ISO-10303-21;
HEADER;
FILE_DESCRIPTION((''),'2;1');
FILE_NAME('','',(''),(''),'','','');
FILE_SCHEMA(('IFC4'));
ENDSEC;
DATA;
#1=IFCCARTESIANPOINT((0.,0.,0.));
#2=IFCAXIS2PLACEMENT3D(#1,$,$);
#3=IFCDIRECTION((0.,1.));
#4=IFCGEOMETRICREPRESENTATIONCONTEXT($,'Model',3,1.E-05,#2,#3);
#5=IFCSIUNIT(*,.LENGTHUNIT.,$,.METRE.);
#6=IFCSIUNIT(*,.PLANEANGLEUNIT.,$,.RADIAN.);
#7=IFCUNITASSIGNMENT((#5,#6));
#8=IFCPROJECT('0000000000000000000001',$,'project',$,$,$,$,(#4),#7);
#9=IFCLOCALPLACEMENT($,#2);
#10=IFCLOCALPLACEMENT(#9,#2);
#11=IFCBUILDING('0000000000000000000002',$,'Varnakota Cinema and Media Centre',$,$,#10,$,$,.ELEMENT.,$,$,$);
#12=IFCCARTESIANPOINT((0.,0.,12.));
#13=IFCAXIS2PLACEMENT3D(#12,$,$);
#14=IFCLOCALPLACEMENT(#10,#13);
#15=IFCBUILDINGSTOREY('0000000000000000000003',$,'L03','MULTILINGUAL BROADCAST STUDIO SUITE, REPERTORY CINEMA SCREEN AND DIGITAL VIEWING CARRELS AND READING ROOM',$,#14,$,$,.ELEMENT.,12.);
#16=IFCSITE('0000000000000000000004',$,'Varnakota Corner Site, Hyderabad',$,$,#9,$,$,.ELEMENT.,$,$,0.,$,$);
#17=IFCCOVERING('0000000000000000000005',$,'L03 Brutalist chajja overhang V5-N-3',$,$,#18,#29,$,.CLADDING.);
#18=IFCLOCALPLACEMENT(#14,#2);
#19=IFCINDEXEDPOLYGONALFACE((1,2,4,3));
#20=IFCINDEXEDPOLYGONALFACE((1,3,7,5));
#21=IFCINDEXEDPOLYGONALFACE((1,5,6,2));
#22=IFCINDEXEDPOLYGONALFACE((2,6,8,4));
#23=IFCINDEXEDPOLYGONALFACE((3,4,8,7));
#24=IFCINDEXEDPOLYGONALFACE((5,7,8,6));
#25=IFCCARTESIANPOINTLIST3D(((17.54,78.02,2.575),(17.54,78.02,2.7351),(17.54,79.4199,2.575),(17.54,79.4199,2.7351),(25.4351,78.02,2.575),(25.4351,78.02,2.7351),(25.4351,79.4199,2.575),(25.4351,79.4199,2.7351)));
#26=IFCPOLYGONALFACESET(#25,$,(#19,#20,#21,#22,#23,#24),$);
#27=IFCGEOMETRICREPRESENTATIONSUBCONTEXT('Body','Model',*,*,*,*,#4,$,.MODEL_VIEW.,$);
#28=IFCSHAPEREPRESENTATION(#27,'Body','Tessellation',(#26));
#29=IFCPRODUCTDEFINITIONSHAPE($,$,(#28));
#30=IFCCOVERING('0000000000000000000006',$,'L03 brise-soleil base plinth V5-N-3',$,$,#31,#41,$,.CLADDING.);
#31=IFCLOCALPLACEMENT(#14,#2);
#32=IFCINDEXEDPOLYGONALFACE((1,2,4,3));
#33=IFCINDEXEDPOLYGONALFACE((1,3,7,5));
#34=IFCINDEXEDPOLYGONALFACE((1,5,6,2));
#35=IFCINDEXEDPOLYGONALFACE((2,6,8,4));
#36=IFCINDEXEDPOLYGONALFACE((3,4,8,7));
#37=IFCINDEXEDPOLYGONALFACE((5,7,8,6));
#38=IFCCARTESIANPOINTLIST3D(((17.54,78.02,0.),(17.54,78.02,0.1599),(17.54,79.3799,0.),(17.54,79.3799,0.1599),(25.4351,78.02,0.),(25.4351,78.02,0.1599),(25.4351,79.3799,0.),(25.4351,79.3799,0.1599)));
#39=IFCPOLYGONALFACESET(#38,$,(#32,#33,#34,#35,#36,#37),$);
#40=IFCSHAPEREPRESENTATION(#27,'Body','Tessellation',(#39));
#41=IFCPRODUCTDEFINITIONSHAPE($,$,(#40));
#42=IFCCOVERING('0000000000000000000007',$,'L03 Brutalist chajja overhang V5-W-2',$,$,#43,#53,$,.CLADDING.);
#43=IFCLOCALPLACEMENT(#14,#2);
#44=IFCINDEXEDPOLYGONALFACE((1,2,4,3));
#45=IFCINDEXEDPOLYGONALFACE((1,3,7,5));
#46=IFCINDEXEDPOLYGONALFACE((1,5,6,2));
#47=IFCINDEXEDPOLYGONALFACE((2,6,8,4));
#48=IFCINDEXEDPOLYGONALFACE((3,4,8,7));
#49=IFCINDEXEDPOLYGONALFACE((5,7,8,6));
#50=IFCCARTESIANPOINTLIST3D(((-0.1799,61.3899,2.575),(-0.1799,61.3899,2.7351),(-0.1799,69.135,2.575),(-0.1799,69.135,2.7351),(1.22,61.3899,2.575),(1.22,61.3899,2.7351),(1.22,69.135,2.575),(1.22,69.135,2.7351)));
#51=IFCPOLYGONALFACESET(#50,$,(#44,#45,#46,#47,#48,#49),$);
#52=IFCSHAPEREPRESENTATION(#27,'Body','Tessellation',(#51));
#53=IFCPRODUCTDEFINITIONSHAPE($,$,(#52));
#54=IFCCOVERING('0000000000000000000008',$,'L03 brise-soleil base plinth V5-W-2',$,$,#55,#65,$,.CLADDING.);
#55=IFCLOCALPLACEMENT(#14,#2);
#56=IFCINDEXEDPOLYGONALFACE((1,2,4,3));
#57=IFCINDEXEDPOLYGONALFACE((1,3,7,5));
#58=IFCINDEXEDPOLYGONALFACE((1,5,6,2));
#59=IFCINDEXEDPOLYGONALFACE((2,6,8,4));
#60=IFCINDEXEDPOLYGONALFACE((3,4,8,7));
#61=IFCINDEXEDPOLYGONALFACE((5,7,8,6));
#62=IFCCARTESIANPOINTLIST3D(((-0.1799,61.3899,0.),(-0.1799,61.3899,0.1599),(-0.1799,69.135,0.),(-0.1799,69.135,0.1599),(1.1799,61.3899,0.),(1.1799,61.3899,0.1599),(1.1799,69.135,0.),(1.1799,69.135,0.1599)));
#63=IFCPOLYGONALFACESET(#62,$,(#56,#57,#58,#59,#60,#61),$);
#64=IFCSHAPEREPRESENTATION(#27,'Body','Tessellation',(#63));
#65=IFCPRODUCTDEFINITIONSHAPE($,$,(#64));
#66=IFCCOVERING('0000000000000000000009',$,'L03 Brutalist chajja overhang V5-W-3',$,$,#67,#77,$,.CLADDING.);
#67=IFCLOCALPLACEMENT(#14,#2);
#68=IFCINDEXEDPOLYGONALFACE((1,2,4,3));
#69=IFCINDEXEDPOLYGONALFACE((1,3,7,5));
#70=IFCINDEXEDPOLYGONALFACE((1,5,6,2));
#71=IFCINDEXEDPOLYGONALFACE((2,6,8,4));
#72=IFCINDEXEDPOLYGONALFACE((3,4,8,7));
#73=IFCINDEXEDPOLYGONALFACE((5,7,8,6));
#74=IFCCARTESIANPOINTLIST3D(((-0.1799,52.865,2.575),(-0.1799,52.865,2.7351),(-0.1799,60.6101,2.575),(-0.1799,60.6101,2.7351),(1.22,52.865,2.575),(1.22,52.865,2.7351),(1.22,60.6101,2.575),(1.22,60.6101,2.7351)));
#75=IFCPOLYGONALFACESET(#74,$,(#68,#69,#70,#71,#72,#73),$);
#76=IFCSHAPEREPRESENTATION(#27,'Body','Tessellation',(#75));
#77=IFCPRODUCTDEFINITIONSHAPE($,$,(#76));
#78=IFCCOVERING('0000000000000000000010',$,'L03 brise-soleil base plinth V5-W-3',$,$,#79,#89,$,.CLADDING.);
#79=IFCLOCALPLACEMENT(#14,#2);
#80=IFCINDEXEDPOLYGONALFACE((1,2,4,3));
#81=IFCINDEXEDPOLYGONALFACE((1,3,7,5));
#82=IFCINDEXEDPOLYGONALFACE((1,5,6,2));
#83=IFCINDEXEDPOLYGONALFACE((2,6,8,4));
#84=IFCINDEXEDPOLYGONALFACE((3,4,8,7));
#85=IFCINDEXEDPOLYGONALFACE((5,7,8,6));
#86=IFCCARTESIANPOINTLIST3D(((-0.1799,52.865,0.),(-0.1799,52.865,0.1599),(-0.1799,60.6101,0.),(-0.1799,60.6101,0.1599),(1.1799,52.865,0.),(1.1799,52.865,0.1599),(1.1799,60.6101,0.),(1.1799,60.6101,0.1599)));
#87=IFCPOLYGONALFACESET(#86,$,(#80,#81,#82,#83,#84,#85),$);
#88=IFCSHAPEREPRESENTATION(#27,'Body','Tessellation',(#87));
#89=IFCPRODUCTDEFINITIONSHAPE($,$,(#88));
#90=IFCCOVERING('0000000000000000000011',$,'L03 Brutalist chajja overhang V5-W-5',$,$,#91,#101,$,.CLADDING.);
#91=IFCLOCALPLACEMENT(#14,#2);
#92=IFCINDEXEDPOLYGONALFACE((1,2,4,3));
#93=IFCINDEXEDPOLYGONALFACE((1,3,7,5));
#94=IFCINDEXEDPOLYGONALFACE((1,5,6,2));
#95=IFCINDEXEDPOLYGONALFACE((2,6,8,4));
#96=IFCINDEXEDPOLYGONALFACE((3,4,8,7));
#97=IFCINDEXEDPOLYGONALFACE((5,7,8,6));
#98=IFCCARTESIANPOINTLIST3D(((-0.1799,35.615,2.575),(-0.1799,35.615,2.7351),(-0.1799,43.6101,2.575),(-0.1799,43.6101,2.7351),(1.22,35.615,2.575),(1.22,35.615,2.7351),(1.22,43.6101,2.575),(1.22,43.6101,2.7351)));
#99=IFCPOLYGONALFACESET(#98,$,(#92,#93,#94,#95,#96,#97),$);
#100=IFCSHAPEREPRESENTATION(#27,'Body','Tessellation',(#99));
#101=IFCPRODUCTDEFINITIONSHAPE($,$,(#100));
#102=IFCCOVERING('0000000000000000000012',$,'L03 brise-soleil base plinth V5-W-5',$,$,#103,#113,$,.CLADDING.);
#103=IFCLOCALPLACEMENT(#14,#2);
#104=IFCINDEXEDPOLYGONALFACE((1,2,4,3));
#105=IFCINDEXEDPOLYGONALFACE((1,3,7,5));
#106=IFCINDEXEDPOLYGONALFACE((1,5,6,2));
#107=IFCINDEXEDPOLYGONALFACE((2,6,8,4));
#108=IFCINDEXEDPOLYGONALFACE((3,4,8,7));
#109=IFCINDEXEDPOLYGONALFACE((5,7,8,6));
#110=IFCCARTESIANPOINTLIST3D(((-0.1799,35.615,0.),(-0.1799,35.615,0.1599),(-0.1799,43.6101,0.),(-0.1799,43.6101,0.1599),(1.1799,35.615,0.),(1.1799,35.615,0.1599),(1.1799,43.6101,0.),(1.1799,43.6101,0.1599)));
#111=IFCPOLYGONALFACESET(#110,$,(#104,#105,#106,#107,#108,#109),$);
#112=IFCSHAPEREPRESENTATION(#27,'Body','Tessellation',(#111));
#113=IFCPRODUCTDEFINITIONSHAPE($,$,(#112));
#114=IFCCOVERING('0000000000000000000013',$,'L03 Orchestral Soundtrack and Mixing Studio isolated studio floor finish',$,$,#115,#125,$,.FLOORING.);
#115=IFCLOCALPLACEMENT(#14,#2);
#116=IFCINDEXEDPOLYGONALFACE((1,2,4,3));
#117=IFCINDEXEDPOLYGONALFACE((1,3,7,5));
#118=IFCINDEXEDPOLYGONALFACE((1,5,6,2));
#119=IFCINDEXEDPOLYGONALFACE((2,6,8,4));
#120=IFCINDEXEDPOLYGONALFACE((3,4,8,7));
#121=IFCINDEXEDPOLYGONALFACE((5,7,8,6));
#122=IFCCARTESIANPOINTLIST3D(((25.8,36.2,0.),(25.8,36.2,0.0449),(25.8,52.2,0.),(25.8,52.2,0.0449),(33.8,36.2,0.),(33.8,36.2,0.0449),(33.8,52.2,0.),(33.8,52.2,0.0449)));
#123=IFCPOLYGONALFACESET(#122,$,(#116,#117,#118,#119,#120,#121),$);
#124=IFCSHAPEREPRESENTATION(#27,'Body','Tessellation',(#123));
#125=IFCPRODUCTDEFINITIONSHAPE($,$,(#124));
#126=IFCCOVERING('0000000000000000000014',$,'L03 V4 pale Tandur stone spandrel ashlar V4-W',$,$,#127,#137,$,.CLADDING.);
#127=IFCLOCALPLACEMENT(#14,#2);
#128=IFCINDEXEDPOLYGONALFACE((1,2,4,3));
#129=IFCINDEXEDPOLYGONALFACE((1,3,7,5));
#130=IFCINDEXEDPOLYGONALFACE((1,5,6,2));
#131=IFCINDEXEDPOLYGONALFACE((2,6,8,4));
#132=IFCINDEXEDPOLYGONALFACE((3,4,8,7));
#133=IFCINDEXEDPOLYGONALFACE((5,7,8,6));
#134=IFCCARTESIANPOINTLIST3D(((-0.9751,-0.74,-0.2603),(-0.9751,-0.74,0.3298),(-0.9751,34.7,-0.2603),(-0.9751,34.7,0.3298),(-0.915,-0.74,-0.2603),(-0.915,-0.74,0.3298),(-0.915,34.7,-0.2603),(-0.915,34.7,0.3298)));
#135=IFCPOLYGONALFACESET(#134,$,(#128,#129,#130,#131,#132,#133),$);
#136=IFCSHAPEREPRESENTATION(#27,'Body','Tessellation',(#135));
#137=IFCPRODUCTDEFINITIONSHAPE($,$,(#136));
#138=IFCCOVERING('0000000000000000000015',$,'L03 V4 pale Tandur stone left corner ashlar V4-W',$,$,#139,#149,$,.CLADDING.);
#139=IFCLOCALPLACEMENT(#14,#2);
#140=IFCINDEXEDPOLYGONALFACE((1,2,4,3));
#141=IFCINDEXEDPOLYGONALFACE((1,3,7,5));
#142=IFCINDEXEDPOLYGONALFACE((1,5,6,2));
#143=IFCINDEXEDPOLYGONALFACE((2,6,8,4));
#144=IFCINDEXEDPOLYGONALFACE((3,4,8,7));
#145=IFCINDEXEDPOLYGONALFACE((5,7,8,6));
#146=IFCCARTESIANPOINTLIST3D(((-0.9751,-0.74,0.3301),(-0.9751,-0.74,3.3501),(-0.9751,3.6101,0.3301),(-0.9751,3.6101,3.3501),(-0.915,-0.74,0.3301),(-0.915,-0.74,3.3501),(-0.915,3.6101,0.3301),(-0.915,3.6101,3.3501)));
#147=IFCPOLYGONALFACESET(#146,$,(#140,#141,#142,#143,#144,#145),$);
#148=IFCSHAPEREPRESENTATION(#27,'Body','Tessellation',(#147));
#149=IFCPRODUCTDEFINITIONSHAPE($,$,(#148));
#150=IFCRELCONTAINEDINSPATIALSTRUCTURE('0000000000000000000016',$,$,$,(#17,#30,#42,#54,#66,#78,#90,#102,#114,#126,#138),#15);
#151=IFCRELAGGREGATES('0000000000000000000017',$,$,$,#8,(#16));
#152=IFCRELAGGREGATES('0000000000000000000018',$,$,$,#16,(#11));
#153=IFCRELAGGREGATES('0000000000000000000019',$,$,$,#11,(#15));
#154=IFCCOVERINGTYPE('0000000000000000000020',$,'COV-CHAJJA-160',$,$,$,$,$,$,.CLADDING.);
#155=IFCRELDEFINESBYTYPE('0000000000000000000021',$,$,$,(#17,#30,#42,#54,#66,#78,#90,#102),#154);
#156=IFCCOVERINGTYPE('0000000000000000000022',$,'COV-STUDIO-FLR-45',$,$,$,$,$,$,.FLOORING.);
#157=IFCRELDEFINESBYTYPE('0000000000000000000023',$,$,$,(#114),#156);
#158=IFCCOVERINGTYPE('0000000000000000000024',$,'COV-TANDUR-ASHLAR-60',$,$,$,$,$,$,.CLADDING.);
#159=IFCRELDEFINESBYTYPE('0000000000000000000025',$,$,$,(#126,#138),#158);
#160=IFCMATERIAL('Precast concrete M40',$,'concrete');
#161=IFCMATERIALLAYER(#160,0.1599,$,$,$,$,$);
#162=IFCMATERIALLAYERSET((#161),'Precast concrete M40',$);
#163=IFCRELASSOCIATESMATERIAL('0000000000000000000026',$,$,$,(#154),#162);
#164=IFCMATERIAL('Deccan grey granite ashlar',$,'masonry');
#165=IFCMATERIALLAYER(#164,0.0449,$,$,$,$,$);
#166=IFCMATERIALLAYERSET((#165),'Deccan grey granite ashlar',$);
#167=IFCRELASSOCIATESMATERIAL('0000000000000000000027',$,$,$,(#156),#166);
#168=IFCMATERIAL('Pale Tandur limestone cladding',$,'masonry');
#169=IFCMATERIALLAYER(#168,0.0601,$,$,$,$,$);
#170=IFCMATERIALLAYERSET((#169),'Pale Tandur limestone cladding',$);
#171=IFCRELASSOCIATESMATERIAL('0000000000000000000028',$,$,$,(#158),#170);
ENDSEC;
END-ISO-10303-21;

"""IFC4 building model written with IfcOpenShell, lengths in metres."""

from ifc_helpers import new_model, si_unit, direction, frame, origin, origin_2d, place, context, subcontext, project, spatial, polyline, rectangle, outline, extrude, material, layer, layer_set, type_object, element, save


model = new_model("IFC4")

# Units and contexts
model_context = context("Model", 3, precision=1e-05, world=origin(), true_north=direction((0.0, 1.0)))
body_context = subcontext(model_context, "Body", "Model", "MODEL_VIEW")
ifc_project = project(units=[si_unit("LENGTHUNIT", "METRE"), si_unit("PLANEANGLEUNIT", "RADIAN")], contexts=[model_context])

# Site, building, storey
site_placement = place(None, origin())
site = spatial("IfcSite", under=ifc_project, at=site_placement, Name="Varnakota Corner Site, Hyderabad", CompositionType="ELEMENT", RefElevation=0.0)
building_placement = place(site_placement, origin())
building = spatial("IfcBuilding", under=site, at=building_placement, Name="Varnakota Cinema and Media Centre", CompositionType="ELEMENT")
storey_placement = place(building_placement, frame((0.0, 0.0, 12.0)))
storey = spatial("IfcBuildingStorey", under=building, at=storey_placement, Name="L03", Description="MULTILINGUAL BROADCAST STUDIO SUITE, REPERTORY CINEMA SCREEN AND DIGITAL VIEWING CARRELS AND READING ROOM", CompositionType="ELEMENT", Elevation=12.0)

# Coverings
ifc_material_1 = material(Name="Precast concrete M40", Category="concrete")
ifc_layer_1 = layer(ifc_material_1, 0.1599)
ifc_layer_set_1 = layer_set([ifc_layer_1], Name="Precast concrete M40")
covering_type_1 = type_object("IfcCoveringType", Name="COV-CHAJJA-160", PredefinedType="CLADDING", material=ifc_layer_set_1)
covering_1_placement = place(storey_placement, frame((0.0, 0.0, 2.575)))
element("IfcCovering", 1, at=covering_1_placement, inside=storey, type_object=covering_type_1, Name="L03 Brutalist chajja overhang V5-N-3", PredefinedType="CLADDING", context=body_context, shape_type="SweptSolid", body=[
    extrude(outline(polyline([(17.54, 78.02), (25.4351, 78.02), (25.4351, 79.4199), (17.54, 79.4199), (17.54, 78.02)])), origin(), (0.0, 0.0, 1.0), 0.1602),
])
covering_2_placement = place(storey_placement, origin())
element("IfcCovering", 2, at=covering_2_placement, inside=storey, type_object=covering_type_1, Name="L03 brise-soleil base plinth V5-N-3", PredefinedType="CLADDING", context=body_context, shape_type="SweptSolid", body=[
    extrude(outline(polyline([(17.54, 78.02), (25.4351, 78.02), (25.4351, 79.3799), (17.54, 79.3799), (17.54, 78.02)])), origin(), (0.0, 0.0, 1.0), 0.1599),
])
covering_3_placement = place(storey_placement, frame((0.0, 0.0, 2.575)))
element("IfcCovering", 3, at=covering_3_placement, inside=storey, type_object=covering_type_1, Name="L03 Brutalist chajja overhang V5-W-2", PredefinedType="CLADDING", context=body_context, shape_type="SweptSolid", body=[
    extrude(outline(polyline([(-0.1799, 69.135), (-0.1799, 61.3899), (1.22, 61.3899), (1.22, 69.135), (-0.1799, 69.135)])), origin(), (0.0, 0.0, 1.0), 0.1602),
])
covering_4_placement = place(storey_placement, origin())
element("IfcCovering", 4, at=covering_4_placement, inside=storey, type_object=covering_type_1, Name="L03 brise-soleil base plinth V5-W-2", PredefinedType="CLADDING", context=body_context, shape_type="SweptSolid", body=[
    extrude(outline(polyline([(-0.1799, 69.135), (-0.1799, 61.3899), (1.1799, 61.3899), (1.1799, 69.135), (-0.1799, 69.135)])), origin(), (0.0, 0.0, 1.0), 0.1599),
])
covering_5_placement = place(storey_placement, frame((0.0, 0.0, 2.575)))
element("IfcCovering", 5, at=covering_5_placement, inside=storey, type_object=covering_type_1, Name="L03 Brutalist chajja overhang V5-W-3", PredefinedType="CLADDING", context=body_context, shape_type="SweptSolid", body=[
    extrude(outline(polyline([(-0.1799, 60.6101), (-0.1799, 52.865), (1.22, 52.865), (1.22, 60.6101), (-0.1799, 60.6101)])), origin(), (0.0, 0.0, 1.0), 0.1602),
])
covering_6_placement = place(storey_placement, origin())
element("IfcCovering", 6, at=covering_6_placement, inside=storey, type_object=covering_type_1, Name="L03 brise-soleil base plinth V5-W-3", PredefinedType="CLADDING", context=body_context, shape_type="SweptSolid", body=[
    extrude(outline(polyline([(-0.1799, 60.6101), (-0.1799, 52.865), (1.1799, 52.865), (1.1799, 60.6101), (-0.1799, 60.6101)])), origin(), (0.0, 0.0, 1.0), 0.1599),
])
covering_7_placement = place(storey_placement, frame((0.0, 0.0, 2.575)))
element("IfcCovering", 7, at=covering_7_placement, inside=storey, type_object=covering_type_1, Name="L03 Brutalist chajja overhang V5-W-5", PredefinedType="CLADDING", context=body_context, shape_type="SweptSolid", body=[
    extrude(outline(polyline([(-0.1799, 43.6101), (-0.1799, 35.615), (1.22, 35.615), (1.22, 43.6101), (-0.1799, 43.6101)])), origin(), (0.0, 0.0, 1.0), 0.1602),
])
covering_8_placement = place(storey_placement, origin())
element("IfcCovering", 8, at=covering_8_placement, inside=storey, type_object=covering_type_1, Name="L03 brise-soleil base plinth V5-W-5", PredefinedType="CLADDING", context=body_context, shape_type="SweptSolid", body=[
    extrude(outline(polyline([(-0.1799, 43.6101), (-0.1799, 35.615), (1.1799, 35.615), (1.1799, 43.6101), (-0.1799, 43.6101)])), origin(), (0.0, 0.0, 1.0), 0.1599),
])
ifc_material_2 = material(Name="Deccan grey granite ashlar", Category="masonry")
ifc_layer_2 = layer(ifc_material_2, 0.0449)
ifc_layer_set_2 = layer_set([ifc_layer_2], Name="Deccan grey granite ashlar")
covering_type_2 = type_object("IfcCoveringType", Name="COV-STUDIO-FLR-45", PredefinedType="FLOORING", material=ifc_layer_set_2)
covering_9_placement = place(storey_placement, origin())
element("IfcCovering", 9, at=covering_9_placement, inside=storey, type_object=covering_type_2, Name="L03 Orchestral Soundtrack and Mixing Studio isolated studio floor finish", PredefinedType="FLOORING", context=body_context, shape_type="SweptSolid", body=[
    extrude(outline(polyline([(25.8, 36.2), (33.8, 36.2), (33.8, 52.2), (25.8, 52.2), (25.8, 36.2)])), origin(), (0.0, 0.0, 1.0), 0.0449),
])
ifc_material_3 = material(Name="Pale Tandur limestone cladding", Category="masonry")
ifc_layer_3 = layer(ifc_material_3, 0.0601)
ifc_layer_set_3 = layer_set([ifc_layer_3], Name="Pale Tandur limestone cladding")
covering_type_3 = type_object("IfcCoveringType", Name="COV-TANDUR-ASHLAR-60", PredefinedType="CLADDING", material=ifc_layer_set_3)
covering_10_placement = place(storey_placement, frame((-0.9451, 16.98, -0.2603), z_axis=(0.0, 0.0, 1.0), x_axis=(0.0, 1.0, 0.0)))
element("IfcCovering", 10, at=covering_10_placement, inside=storey, type_object=covering_type_3, Name="L03 V4 pale Tandur stone spandrel ashlar V4-W", PredefinedType="CLADDING", context=body_context, shape_type="SweptSolid", body=[
    extrude(rectangle(XDim=35.4399, YDim=0.0601, at=origin_2d()), origin(), (0.0, 0.0, 1.0), 0.5901),
])
covering_11_placement = place(storey_placement, frame((-0.9451, 1.4351, 0.3301), z_axis=(0.0, 0.0, 1.0), x_axis=(0.0, 1.0, 0.0)))
element("IfcCovering", 11, at=covering_11_placement, inside=storey, type_object=covering_type_3, Name="L03 V4 pale Tandur stone left corner ashlar V4-W", PredefinedType="CLADDING", context=body_context, shape_type="SweptSolid", body=[
    extrude(rectangle(XDim=4.3501, YDim=0.0601, at=origin_2d()), origin(), (0.0, 0.0, 1.0), 3.02),
])

save(model, "model.ifc")
